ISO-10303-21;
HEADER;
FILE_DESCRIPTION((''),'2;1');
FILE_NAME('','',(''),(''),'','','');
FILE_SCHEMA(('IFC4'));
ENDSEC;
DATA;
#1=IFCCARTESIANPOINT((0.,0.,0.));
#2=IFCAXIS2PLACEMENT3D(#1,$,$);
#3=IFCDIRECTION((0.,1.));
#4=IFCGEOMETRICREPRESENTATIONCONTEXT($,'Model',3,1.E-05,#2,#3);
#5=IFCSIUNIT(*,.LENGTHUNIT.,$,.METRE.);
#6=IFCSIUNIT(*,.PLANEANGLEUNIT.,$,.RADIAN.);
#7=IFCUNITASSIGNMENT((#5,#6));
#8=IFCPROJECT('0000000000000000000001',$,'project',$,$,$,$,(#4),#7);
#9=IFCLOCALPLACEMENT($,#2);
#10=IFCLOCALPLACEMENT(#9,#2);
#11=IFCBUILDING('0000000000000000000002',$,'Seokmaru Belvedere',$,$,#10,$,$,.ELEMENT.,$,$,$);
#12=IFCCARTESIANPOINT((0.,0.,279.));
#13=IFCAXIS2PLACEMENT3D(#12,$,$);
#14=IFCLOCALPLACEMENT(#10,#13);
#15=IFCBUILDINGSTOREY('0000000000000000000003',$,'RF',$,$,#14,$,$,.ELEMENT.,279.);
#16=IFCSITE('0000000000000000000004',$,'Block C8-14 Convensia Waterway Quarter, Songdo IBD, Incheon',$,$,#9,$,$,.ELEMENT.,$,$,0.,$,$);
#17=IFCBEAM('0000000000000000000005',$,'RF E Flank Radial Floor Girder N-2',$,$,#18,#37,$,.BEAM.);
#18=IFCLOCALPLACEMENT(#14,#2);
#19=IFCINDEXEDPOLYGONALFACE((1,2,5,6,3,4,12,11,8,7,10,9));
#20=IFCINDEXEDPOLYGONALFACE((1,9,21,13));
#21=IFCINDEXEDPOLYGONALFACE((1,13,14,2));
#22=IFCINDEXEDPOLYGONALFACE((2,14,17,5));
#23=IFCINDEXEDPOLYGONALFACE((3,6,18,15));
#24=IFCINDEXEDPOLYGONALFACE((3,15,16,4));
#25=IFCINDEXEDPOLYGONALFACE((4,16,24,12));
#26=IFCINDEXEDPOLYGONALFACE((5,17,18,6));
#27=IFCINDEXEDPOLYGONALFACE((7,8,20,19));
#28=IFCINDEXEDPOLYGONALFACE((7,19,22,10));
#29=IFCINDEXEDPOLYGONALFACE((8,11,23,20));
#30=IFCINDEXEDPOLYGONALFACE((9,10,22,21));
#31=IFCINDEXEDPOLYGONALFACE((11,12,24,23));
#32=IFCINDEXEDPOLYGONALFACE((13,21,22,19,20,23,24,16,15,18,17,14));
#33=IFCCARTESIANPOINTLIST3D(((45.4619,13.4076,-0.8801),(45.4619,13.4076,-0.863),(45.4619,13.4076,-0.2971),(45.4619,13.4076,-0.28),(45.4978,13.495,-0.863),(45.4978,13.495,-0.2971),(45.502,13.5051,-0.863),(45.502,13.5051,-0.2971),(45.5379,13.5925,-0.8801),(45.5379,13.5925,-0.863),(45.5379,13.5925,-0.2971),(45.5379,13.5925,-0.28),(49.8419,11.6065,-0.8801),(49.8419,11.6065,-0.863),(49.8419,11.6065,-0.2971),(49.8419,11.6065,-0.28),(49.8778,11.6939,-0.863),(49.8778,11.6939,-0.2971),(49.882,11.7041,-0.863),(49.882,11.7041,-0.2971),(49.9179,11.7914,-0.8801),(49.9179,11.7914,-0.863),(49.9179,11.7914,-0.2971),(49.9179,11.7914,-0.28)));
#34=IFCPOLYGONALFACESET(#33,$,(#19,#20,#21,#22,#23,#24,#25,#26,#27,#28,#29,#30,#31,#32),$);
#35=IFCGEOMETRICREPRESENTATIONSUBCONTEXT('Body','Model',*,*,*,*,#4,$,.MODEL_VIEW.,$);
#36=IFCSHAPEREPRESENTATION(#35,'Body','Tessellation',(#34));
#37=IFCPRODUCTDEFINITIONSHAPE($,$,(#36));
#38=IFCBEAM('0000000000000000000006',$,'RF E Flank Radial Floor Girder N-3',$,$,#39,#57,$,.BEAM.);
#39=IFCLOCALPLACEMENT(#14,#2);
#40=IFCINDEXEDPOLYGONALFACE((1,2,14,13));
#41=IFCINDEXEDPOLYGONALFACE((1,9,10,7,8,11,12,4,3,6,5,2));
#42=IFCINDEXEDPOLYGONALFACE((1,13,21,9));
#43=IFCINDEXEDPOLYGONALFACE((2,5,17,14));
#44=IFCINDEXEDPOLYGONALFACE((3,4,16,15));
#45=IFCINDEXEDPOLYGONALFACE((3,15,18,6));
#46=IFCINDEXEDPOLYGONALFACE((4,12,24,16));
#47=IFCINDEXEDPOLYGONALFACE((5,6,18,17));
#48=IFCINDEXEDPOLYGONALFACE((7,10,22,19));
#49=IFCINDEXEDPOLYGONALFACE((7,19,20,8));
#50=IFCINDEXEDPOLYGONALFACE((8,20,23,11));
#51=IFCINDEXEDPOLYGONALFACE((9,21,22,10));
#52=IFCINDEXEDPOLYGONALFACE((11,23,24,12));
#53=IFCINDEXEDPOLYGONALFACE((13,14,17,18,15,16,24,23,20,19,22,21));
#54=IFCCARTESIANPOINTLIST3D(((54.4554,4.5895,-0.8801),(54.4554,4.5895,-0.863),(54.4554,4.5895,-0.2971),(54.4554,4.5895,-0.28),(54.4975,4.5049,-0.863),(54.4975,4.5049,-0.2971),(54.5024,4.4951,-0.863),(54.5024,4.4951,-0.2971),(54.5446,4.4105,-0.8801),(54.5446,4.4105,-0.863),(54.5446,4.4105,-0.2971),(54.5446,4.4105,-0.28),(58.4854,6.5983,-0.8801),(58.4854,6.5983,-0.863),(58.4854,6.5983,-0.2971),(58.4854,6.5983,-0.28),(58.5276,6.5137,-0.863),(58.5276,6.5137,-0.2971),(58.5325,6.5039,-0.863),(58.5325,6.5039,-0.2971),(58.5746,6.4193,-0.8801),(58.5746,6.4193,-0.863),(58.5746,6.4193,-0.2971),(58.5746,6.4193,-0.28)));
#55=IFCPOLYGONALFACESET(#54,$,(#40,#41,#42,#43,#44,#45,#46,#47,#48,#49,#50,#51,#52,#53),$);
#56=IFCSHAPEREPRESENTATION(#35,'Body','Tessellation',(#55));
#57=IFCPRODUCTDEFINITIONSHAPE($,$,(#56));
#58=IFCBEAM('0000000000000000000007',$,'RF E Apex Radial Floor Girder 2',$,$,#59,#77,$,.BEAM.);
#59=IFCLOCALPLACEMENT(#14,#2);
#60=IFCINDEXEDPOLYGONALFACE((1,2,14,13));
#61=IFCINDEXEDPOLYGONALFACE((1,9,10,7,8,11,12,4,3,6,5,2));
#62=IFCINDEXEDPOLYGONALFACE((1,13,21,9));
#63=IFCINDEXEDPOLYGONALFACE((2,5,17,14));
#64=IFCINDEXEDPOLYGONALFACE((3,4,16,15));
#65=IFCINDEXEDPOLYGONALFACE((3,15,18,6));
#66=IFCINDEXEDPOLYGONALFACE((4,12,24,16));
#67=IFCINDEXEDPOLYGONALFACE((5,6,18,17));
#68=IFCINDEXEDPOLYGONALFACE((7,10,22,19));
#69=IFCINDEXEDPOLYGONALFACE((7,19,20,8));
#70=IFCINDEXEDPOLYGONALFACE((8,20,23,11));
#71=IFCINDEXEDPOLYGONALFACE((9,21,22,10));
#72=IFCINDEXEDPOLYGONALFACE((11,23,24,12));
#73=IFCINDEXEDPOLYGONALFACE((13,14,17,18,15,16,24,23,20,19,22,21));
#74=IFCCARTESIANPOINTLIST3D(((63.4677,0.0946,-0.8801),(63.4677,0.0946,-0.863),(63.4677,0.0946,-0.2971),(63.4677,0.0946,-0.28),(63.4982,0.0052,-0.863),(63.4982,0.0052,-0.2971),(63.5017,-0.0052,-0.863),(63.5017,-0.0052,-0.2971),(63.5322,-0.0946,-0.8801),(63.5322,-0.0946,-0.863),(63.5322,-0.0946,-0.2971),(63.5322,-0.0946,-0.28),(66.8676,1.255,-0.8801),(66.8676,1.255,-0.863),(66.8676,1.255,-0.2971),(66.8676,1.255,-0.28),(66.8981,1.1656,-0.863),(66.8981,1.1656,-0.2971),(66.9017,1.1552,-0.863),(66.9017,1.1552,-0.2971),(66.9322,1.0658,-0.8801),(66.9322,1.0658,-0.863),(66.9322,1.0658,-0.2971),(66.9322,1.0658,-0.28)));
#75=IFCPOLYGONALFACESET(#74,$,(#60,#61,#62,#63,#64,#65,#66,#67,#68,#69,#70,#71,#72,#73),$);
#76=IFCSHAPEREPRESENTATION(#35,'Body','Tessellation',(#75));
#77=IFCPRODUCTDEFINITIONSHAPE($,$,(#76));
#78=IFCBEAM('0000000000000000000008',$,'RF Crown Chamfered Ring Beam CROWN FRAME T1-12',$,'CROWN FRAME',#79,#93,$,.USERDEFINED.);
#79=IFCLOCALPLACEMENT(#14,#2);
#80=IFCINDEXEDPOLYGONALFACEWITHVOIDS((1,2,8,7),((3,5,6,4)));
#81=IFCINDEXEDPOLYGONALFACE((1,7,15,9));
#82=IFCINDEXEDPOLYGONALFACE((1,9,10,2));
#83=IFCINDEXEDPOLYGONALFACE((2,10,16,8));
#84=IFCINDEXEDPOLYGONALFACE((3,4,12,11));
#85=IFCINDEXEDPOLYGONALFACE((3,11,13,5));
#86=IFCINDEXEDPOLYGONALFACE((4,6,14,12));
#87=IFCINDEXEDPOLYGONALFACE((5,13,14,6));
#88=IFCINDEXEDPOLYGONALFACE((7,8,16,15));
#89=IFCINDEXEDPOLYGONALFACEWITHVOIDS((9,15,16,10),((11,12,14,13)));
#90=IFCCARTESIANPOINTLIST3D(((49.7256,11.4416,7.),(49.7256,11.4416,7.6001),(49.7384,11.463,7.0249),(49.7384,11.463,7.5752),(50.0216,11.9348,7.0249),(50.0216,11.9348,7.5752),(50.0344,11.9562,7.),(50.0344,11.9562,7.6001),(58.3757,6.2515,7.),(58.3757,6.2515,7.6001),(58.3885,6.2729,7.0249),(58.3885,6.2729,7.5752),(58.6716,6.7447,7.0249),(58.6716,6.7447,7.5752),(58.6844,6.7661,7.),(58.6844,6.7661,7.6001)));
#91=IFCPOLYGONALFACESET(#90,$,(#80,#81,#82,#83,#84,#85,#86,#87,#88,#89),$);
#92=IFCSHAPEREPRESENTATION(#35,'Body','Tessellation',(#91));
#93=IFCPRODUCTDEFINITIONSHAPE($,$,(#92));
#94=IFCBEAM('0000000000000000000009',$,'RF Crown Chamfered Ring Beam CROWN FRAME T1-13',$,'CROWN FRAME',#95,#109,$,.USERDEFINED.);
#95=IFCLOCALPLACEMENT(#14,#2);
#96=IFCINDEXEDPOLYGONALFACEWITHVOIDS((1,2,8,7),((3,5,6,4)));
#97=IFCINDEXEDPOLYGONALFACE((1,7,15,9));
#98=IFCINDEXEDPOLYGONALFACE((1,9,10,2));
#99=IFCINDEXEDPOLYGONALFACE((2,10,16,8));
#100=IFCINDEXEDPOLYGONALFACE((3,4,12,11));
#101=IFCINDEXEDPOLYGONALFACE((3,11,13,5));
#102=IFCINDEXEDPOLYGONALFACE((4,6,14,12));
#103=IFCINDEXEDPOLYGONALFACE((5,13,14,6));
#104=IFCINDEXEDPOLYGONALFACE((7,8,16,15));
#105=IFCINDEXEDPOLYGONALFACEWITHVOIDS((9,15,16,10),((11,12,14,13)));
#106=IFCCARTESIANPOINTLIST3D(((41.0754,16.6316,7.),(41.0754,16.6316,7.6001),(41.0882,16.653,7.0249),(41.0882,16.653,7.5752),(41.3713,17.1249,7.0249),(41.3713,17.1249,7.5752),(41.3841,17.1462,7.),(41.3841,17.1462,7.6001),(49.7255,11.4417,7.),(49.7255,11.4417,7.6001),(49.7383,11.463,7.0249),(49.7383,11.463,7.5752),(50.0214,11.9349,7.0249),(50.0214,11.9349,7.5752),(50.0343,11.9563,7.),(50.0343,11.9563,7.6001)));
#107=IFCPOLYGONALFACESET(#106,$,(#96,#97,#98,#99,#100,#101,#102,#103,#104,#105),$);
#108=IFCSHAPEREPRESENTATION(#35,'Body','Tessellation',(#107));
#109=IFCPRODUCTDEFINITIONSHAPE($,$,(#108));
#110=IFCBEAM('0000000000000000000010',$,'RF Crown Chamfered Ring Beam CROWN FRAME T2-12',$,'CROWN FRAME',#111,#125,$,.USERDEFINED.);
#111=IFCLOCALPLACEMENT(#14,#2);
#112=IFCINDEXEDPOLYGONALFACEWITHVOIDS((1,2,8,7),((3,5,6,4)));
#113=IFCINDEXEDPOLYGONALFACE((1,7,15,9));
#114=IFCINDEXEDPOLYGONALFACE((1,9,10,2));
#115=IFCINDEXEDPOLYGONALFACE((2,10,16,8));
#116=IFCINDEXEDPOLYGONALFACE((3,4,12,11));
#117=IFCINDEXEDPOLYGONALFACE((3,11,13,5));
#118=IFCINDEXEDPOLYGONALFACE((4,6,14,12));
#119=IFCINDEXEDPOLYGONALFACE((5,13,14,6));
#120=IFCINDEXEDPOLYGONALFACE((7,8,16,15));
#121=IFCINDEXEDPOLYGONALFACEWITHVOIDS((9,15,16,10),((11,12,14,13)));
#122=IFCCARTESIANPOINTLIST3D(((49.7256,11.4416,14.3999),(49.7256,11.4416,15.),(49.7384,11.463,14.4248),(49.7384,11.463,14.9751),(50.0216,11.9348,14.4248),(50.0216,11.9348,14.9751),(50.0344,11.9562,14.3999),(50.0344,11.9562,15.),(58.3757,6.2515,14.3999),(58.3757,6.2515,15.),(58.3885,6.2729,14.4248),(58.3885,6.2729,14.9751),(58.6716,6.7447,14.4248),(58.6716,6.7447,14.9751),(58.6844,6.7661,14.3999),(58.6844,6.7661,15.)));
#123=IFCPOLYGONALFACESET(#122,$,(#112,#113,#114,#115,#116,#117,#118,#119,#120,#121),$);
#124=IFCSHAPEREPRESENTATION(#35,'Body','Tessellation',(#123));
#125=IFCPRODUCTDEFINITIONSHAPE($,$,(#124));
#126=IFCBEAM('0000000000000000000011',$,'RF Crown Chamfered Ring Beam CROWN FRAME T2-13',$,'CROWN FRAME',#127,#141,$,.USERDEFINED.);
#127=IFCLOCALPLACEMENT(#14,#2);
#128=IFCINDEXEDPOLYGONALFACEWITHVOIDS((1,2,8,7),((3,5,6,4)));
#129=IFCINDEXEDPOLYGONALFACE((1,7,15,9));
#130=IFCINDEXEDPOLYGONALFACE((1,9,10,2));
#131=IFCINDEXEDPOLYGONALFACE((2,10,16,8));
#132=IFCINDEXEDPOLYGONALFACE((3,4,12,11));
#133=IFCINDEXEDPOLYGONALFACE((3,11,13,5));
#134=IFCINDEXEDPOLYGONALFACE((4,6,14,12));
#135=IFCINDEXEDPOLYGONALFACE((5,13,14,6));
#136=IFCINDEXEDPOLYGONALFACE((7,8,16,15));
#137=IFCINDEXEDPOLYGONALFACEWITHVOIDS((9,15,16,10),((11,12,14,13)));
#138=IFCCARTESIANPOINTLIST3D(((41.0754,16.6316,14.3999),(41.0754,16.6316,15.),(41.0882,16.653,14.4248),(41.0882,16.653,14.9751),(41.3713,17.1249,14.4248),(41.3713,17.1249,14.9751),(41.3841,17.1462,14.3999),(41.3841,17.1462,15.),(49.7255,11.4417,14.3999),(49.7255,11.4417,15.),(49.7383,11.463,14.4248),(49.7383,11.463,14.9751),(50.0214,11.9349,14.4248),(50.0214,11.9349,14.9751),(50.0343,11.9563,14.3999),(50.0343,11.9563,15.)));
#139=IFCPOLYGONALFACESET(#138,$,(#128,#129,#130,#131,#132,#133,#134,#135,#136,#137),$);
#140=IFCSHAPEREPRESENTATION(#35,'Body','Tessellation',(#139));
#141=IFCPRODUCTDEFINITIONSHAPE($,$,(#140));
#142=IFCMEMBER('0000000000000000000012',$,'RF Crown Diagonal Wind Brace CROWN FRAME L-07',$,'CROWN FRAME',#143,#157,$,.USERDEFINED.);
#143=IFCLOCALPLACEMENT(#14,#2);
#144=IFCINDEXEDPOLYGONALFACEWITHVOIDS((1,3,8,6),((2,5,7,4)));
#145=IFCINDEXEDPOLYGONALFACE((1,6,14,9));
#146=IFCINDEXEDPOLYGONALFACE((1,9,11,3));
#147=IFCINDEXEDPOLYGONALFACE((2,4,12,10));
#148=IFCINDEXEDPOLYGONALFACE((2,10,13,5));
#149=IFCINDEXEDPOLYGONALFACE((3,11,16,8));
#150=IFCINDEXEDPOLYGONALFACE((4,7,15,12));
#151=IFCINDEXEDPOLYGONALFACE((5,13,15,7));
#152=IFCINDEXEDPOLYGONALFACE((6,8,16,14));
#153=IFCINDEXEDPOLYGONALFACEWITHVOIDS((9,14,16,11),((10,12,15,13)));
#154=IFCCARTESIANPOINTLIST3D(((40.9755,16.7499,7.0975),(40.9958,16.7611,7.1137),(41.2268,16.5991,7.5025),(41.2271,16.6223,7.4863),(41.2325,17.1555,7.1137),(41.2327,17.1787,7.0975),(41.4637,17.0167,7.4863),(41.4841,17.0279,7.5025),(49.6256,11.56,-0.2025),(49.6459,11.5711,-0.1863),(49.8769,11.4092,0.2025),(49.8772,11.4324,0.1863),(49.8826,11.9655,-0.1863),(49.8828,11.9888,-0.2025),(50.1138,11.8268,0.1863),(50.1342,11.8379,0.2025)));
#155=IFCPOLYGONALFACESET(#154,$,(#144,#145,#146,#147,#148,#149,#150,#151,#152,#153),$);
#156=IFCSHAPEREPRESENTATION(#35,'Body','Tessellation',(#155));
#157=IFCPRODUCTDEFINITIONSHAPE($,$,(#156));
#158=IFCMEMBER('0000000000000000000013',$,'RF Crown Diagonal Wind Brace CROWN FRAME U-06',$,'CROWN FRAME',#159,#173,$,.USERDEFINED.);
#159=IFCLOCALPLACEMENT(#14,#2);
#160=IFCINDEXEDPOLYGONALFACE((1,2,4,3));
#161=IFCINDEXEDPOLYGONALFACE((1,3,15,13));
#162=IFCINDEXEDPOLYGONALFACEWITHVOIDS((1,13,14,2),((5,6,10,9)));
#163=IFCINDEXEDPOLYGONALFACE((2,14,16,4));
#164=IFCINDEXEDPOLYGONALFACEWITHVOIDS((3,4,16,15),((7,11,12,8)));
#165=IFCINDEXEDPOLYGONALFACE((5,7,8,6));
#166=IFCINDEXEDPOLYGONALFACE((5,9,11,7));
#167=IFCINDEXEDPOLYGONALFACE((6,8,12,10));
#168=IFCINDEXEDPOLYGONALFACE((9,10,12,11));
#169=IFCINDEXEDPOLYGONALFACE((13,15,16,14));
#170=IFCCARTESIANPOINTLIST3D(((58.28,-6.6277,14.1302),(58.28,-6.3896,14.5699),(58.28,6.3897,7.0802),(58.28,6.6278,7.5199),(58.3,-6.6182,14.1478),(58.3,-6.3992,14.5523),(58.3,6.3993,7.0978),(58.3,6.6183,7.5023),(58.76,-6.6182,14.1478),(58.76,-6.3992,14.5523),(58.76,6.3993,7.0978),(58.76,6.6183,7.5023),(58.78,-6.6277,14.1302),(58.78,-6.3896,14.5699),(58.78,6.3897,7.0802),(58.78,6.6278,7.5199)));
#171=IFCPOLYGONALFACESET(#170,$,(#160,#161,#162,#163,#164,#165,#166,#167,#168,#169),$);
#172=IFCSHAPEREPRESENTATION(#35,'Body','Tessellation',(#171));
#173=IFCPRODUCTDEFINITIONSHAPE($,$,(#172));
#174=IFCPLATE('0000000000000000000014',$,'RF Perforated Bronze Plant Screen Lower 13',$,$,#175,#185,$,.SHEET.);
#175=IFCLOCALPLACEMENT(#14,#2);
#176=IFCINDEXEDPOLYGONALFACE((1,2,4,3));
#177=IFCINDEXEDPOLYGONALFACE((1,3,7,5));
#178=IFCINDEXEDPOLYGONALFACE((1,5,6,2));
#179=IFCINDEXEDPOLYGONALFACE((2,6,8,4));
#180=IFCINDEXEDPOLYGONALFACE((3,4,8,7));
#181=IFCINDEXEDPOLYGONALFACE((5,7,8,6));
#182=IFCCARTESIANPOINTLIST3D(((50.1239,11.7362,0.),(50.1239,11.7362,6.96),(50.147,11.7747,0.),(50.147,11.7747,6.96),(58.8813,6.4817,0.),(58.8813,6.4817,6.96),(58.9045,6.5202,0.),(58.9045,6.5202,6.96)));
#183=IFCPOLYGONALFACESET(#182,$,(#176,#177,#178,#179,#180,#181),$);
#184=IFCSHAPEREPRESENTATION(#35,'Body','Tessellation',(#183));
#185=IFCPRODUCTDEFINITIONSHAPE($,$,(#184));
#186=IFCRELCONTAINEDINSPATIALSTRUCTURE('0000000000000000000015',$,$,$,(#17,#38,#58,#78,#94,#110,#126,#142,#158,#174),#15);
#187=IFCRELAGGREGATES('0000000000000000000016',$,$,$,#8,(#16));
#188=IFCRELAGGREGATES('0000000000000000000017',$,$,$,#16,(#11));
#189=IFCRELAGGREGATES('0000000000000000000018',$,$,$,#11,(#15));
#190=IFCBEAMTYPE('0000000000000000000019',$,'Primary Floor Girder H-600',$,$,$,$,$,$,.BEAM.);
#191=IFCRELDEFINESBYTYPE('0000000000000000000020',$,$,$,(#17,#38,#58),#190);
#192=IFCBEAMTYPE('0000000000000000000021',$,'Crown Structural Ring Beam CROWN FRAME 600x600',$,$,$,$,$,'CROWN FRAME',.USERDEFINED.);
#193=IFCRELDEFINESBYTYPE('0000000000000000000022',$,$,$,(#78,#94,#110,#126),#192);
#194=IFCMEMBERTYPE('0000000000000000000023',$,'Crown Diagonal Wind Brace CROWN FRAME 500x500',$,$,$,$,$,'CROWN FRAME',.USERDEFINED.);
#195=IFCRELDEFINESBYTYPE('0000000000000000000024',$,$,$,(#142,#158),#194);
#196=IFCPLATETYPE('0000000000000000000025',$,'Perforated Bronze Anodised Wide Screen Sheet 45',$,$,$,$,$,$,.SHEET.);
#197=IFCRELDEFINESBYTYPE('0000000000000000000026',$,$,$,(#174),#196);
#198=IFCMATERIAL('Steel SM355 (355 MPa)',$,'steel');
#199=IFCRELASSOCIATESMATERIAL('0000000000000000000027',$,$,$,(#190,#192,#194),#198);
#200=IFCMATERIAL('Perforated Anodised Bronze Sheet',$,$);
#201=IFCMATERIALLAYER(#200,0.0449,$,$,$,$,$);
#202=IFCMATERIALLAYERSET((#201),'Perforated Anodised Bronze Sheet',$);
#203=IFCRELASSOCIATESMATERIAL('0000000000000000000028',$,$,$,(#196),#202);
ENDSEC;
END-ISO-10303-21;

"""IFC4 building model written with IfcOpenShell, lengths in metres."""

from ifc_helpers import new_model, si_unit, direction, frame, origin, origin_2d, place, context, subcontext, project, spatial, rectangle, hollow_rectangle, i_section, extrude, source, transform, mapped, material, layer, layer_set, material_profile, profile_set, type_object, type_shapes, element, save


model = new_model("IFC4")

# Units and contexts
model_context = context("Model", 3, precision=1e-05, world=origin(), true_north=direction((0.0, 1.0)))
body_context = subcontext(model_context, "Body", "Model", "MODEL_VIEW")
ifc_project = project(units=[si_unit("LENGTHUNIT", "METRE"), si_unit("PLANEANGLEUNIT", "RADIAN")], contexts=[model_context])

# Site, building, storey
site_placement = place(None, origin())
site = spatial("IfcSite", under=ifc_project, at=site_placement, Name="Block C8-14 Convensia Waterway Quarter, Songdo IBD, Incheon", CompositionType="ELEMENT", RefElevation=0.0)
building_placement = place(site_placement, origin())
building = spatial("IfcBuilding", under=site, at=building_placement, Name="Seokmaru Belvedere", CompositionType="ELEMENT")
storey_placement = place(building_placement, frame((0.0, 0.0, 279.0)))
storey = spatial("IfcBuildingStorey", under=building, at=storey_placement, Name="RF", CompositionType="ELEMENT", Elevation=279.0)

# Shared definitions
ifc_material_1 = material(Name="Steel SM355 (355 MPa)", Category="steel")

# Beams
ifc_material_profile_1 = material_profile(ifc_material_1, i_section(OverallWidth=0.2, OverallDepth=0.6001, WebThickness=0.011, FlangeThickness=0.0171, at=origin_2d()), Name="H-600x200x11x17")
ifc_profile_set_1 = profile_set([ifc_material_profile_1], Name="Steel SM355 (355 MPa)")
beam_type_1 = type_object("IfcBeamType", Name="Primary Floor Girder H-600", PredefinedType="BEAM", material=ifc_profile_set_1)
shared_shape_1 = source(origin(), body_context, "Body", "SweptSolid", [
    extrude(i_section(OverallWidth=0.2, OverallDepth=0.6001, WebThickness=0.011, FlangeThickness=0.0171, at=origin_2d()), origin(), (0.0, 0.0, 1.0), 4.7358),
])
beam_1_placement = place(storey_placement, frame((49.8799, 11.699, -0.5801), z_axis=(-0.924861, 0.380306, 0.0), x_axis=(-0.380306, -0.924861, 0.0)))
element("IfcBeam", 1, at=beam_1_placement, inside=storey, type_object=beam_type_1, Name="RF E Flank Radial Floor Girder N-2", PredefinedType="BEAM", context=body_context, shape_type="MappedRepresentation", body=[
    mapped(shared_shape_1, transform((0.0, 0.0, 0.0), scale=1.0)),
])
shared_shape_2 = source(origin(), body_context, "Body", "SweptSolid", [
    extrude(i_section(OverallWidth=0.2, OverallDepth=0.6001, WebThickness=0.011, FlangeThickness=0.0171, at=origin_2d()), origin(), (0.0, 0.0, 1.0), 4.5029),
])
beam_2_placement = place(storey_placement, frame((58.53, 6.5088, -0.5801), z_axis=(-0.89498, -0.446107, 0.0), x_axis=(0.446107, -0.89498, 0.0)))
element("IfcBeam", 2, at=beam_2_placement, inside=storey, type_object=beam_type_1, Name="RF E Flank Radial Floor Girder N-3", PredefinedType="BEAM", context=body_context, shape_type="MappedRepresentation", body=[
    mapped(shared_shape_2, transform((0.0, 0.0, 0.0), scale=1.0)),
])
shared_shape_3 = source(origin(), body_context, "Body", "SweptSolid", [
    extrude(i_section(OverallWidth=0.2, OverallDepth=0.6001, WebThickness=0.011, FlangeThickness=0.0171, at=origin_2d()), origin(), (0.0, 0.0, 1.0), 3.5925),
])
beam_3_placement = place(storey_placement, frame((66.8999, 1.1604, -0.5801), z_axis=(-0.946396, -0.323009, 0.0), x_axis=(0.323009, -0.946396, 0.0)))
element("IfcBeam", 3, at=beam_3_placement, inside=storey, type_object=beam_type_1, Name="RF E Apex Radial Floor Girder 2", PredefinedType="BEAM", context=body_context, shape_type="MappedRepresentation", body=[
    mapped(shared_shape_3, transform((0.0, 0.0, 0.0), scale=1.0)),
])
ifc_material_profile_2 = material_profile(ifc_material_1, hollow_rectangle(XDim=0.6001, YDim=0.6001, WallThickness=0.0249, at=origin_2d()), Name="HSS-600x600x25")
ifc_profile_set_2 = profile_set([ifc_material_profile_2], Name="Steel SM355 (355 MPa)")
beam_type_2 = type_object("IfcBeamType", Name="Crown Structural Ring Beam CROWN FRAME 600x600", ElementType="CROWN FRAME", PredefinedType="USERDEFINED", material=ifc_profile_set_2)
shared_shape_4 = source(origin(), body_context, "Body", "SweptSolid", [
    extrude(hollow_rectangle(XDim=0.6001, YDim=0.6001, WallThickness=0.0249, at=origin_2d()), origin(), (0.0, 0.0, 1.0), 10.0876),
])
type_shapes(beam_type_2, [shared_shape_4])
for number, where, z_axis, x_axis, name in (
    (4, (58.53, 6.5088, 7.3), (-0.857489, 0.514503, 0.0), (-0.514503, -0.857489, 0.0), "RF Crown Chamfered Ring Beam CROWN FRAME T1-12"),
    (5, (49.8799, 11.699, 7.3), (-0.857499, 0.514485, 0.0), (-0.514485, -0.857499, 0.0), "RF Crown Chamfered Ring Beam CROWN FRAME T1-13"),
    (6, (58.53, 6.5088, 14.7), (-0.857489, 0.514503, 0.0), (-0.514503, -0.857489, 0.0), "RF Crown Chamfered Ring Beam CROWN FRAME T2-12"),
    (7, (49.8799, 11.699, 14.7), (-0.857499, 0.514485, 0.0), (-0.514485, -0.857499, 0.0), "RF Crown Chamfered Ring Beam CROWN FRAME T2-13"),
):
    element("IfcBeam", number, at=place(storey_placement, frame(where, z_axis=z_axis, x_axis=x_axis)), inside=storey, type_object=beam_type_2, Name=name, ObjectType="CROWN FRAME", PredefinedType="USERDEFINED", context=body_context, shape_type="MappedRepresentation", body=[
        mapped(shared_shape_4, transform((0.0, 0.0, 0.0), scale=1.0)),
    ])

# Members
ifc_material_profile_3 = material_profile(ifc_material_1, hollow_rectangle(XDim=0.5, YDim=0.5, WallThickness=0.02, at=origin_2d()), Name="HSS-500x500x20")
ifc_profile_set_3 = profile_set([ifc_material_profile_3], Name="Steel SM355 (355 MPa)")
member_type = type_object("IfcMemberType", Name="Crown Diagonal Wind Brace CROWN FRAME 500x500", ElementType="CROWN FRAME", PredefinedType="USERDEFINED", material=ifc_profile_set_3)
shared_shape_5 = source(origin(), body_context, "Body", "SweptSolid", [
    extrude(hollow_rectangle(XDim=0.5, YDim=0.5, WallThickness=0.02, at=origin_2d()), origin(), (0.0, 0.0, 1.0), 12.4519),
])
member_1_placement = place(storey_placement, frame((49.8799, 11.699, 0.0), z_axis=(-0.694682, 0.416797, 0.586257), x_axis=(-0.514485, -0.857499, 0.0)))
element("IfcMember", 8, at=member_1_placement, inside=storey, type_object=member_type, Name="RF Crown Diagonal Wind Brace CROWN FRAME L-07", ObjectType="CROWN FRAME", PredefinedType="USERDEFINED", context=body_context, shape_type="MappedRepresentation", body=[
    mapped(shared_shape_5, transform((0.0, 0.0, 0.0), scale=1.0)),
])
shared_shape_6 = source(origin(), body_context, "Body", "SweptSolid", [
    extrude(hollow_rectangle(XDim=0.5, YDim=0.5, WallThickness=0.02, at=origin_2d()), origin(), (0.0, 0.0, 1.0), 14.804),
])
type_shapes(member_type, [shared_shape_5, shared_shape_6])
member_2_placement = place(storey_placement, frame((58.53, 6.5088, 7.3), z_axis=(0.0, -0.879324, 0.476224), x_axis=(1.0, 0.0, 0.0)))
element("IfcMember", 9, at=member_2_placement, inside=storey, type_object=member_type, Name="RF Crown Diagonal Wind Brace CROWN FRAME U-06", ObjectType="CROWN FRAME", PredefinedType="USERDEFINED", context=body_context, shape_type="MappedRepresentation", body=[
    mapped(shared_shape_6, transform((0.0, 0.0, 0.0), scale=1.0)),
])

# Plate
ifc_material_2 = material(Name="Perforated Anodised Bronze Sheet")
ifc_layer_1 = layer(ifc_material_2, 0.0449)
ifc_layer_set_1 = layer_set([ifc_layer_1], Name="Perforated Anodised Bronze Sheet")
plate_type_1 = type_object("IfcPlateType", Name="Perforated Bronze Anodised Wide Screen Sheet 45", PredefinedType="SHEET", material=ifc_layer_set_1)
shared_shape_7 = source(origin(), body_context, "Body", "SweptSolid", [
    extrude(rectangle(XDim=10.2129, YDim=0.0449, at=origin_2d()), origin(), (0.0, 0.0, 1.0), 6.96),
])
for number, where, z_axis, x_axis, name in (
    (10, (54.5142, 9.1282, 0.0), (0.0, 0.0, 1.0), (-0.857493, 0.514496, 0.0), "RF Perforated Bronze Plant Screen Lower 13"),
):
    element("IfcPlate", number, at=place(storey_placement, frame(where, z_axis=z_axis, x_axis=x_axis)), inside=storey, type_object=plate_type_1, Name=name, PredefinedType="SHEET", context=body_context, shape_type="MappedRepresentation", body=[
        mapped(shared_shape_7, transform((0.0, 0.0, 0.0), scale=1.0)),
    ])

save(model, "model.ifc")
